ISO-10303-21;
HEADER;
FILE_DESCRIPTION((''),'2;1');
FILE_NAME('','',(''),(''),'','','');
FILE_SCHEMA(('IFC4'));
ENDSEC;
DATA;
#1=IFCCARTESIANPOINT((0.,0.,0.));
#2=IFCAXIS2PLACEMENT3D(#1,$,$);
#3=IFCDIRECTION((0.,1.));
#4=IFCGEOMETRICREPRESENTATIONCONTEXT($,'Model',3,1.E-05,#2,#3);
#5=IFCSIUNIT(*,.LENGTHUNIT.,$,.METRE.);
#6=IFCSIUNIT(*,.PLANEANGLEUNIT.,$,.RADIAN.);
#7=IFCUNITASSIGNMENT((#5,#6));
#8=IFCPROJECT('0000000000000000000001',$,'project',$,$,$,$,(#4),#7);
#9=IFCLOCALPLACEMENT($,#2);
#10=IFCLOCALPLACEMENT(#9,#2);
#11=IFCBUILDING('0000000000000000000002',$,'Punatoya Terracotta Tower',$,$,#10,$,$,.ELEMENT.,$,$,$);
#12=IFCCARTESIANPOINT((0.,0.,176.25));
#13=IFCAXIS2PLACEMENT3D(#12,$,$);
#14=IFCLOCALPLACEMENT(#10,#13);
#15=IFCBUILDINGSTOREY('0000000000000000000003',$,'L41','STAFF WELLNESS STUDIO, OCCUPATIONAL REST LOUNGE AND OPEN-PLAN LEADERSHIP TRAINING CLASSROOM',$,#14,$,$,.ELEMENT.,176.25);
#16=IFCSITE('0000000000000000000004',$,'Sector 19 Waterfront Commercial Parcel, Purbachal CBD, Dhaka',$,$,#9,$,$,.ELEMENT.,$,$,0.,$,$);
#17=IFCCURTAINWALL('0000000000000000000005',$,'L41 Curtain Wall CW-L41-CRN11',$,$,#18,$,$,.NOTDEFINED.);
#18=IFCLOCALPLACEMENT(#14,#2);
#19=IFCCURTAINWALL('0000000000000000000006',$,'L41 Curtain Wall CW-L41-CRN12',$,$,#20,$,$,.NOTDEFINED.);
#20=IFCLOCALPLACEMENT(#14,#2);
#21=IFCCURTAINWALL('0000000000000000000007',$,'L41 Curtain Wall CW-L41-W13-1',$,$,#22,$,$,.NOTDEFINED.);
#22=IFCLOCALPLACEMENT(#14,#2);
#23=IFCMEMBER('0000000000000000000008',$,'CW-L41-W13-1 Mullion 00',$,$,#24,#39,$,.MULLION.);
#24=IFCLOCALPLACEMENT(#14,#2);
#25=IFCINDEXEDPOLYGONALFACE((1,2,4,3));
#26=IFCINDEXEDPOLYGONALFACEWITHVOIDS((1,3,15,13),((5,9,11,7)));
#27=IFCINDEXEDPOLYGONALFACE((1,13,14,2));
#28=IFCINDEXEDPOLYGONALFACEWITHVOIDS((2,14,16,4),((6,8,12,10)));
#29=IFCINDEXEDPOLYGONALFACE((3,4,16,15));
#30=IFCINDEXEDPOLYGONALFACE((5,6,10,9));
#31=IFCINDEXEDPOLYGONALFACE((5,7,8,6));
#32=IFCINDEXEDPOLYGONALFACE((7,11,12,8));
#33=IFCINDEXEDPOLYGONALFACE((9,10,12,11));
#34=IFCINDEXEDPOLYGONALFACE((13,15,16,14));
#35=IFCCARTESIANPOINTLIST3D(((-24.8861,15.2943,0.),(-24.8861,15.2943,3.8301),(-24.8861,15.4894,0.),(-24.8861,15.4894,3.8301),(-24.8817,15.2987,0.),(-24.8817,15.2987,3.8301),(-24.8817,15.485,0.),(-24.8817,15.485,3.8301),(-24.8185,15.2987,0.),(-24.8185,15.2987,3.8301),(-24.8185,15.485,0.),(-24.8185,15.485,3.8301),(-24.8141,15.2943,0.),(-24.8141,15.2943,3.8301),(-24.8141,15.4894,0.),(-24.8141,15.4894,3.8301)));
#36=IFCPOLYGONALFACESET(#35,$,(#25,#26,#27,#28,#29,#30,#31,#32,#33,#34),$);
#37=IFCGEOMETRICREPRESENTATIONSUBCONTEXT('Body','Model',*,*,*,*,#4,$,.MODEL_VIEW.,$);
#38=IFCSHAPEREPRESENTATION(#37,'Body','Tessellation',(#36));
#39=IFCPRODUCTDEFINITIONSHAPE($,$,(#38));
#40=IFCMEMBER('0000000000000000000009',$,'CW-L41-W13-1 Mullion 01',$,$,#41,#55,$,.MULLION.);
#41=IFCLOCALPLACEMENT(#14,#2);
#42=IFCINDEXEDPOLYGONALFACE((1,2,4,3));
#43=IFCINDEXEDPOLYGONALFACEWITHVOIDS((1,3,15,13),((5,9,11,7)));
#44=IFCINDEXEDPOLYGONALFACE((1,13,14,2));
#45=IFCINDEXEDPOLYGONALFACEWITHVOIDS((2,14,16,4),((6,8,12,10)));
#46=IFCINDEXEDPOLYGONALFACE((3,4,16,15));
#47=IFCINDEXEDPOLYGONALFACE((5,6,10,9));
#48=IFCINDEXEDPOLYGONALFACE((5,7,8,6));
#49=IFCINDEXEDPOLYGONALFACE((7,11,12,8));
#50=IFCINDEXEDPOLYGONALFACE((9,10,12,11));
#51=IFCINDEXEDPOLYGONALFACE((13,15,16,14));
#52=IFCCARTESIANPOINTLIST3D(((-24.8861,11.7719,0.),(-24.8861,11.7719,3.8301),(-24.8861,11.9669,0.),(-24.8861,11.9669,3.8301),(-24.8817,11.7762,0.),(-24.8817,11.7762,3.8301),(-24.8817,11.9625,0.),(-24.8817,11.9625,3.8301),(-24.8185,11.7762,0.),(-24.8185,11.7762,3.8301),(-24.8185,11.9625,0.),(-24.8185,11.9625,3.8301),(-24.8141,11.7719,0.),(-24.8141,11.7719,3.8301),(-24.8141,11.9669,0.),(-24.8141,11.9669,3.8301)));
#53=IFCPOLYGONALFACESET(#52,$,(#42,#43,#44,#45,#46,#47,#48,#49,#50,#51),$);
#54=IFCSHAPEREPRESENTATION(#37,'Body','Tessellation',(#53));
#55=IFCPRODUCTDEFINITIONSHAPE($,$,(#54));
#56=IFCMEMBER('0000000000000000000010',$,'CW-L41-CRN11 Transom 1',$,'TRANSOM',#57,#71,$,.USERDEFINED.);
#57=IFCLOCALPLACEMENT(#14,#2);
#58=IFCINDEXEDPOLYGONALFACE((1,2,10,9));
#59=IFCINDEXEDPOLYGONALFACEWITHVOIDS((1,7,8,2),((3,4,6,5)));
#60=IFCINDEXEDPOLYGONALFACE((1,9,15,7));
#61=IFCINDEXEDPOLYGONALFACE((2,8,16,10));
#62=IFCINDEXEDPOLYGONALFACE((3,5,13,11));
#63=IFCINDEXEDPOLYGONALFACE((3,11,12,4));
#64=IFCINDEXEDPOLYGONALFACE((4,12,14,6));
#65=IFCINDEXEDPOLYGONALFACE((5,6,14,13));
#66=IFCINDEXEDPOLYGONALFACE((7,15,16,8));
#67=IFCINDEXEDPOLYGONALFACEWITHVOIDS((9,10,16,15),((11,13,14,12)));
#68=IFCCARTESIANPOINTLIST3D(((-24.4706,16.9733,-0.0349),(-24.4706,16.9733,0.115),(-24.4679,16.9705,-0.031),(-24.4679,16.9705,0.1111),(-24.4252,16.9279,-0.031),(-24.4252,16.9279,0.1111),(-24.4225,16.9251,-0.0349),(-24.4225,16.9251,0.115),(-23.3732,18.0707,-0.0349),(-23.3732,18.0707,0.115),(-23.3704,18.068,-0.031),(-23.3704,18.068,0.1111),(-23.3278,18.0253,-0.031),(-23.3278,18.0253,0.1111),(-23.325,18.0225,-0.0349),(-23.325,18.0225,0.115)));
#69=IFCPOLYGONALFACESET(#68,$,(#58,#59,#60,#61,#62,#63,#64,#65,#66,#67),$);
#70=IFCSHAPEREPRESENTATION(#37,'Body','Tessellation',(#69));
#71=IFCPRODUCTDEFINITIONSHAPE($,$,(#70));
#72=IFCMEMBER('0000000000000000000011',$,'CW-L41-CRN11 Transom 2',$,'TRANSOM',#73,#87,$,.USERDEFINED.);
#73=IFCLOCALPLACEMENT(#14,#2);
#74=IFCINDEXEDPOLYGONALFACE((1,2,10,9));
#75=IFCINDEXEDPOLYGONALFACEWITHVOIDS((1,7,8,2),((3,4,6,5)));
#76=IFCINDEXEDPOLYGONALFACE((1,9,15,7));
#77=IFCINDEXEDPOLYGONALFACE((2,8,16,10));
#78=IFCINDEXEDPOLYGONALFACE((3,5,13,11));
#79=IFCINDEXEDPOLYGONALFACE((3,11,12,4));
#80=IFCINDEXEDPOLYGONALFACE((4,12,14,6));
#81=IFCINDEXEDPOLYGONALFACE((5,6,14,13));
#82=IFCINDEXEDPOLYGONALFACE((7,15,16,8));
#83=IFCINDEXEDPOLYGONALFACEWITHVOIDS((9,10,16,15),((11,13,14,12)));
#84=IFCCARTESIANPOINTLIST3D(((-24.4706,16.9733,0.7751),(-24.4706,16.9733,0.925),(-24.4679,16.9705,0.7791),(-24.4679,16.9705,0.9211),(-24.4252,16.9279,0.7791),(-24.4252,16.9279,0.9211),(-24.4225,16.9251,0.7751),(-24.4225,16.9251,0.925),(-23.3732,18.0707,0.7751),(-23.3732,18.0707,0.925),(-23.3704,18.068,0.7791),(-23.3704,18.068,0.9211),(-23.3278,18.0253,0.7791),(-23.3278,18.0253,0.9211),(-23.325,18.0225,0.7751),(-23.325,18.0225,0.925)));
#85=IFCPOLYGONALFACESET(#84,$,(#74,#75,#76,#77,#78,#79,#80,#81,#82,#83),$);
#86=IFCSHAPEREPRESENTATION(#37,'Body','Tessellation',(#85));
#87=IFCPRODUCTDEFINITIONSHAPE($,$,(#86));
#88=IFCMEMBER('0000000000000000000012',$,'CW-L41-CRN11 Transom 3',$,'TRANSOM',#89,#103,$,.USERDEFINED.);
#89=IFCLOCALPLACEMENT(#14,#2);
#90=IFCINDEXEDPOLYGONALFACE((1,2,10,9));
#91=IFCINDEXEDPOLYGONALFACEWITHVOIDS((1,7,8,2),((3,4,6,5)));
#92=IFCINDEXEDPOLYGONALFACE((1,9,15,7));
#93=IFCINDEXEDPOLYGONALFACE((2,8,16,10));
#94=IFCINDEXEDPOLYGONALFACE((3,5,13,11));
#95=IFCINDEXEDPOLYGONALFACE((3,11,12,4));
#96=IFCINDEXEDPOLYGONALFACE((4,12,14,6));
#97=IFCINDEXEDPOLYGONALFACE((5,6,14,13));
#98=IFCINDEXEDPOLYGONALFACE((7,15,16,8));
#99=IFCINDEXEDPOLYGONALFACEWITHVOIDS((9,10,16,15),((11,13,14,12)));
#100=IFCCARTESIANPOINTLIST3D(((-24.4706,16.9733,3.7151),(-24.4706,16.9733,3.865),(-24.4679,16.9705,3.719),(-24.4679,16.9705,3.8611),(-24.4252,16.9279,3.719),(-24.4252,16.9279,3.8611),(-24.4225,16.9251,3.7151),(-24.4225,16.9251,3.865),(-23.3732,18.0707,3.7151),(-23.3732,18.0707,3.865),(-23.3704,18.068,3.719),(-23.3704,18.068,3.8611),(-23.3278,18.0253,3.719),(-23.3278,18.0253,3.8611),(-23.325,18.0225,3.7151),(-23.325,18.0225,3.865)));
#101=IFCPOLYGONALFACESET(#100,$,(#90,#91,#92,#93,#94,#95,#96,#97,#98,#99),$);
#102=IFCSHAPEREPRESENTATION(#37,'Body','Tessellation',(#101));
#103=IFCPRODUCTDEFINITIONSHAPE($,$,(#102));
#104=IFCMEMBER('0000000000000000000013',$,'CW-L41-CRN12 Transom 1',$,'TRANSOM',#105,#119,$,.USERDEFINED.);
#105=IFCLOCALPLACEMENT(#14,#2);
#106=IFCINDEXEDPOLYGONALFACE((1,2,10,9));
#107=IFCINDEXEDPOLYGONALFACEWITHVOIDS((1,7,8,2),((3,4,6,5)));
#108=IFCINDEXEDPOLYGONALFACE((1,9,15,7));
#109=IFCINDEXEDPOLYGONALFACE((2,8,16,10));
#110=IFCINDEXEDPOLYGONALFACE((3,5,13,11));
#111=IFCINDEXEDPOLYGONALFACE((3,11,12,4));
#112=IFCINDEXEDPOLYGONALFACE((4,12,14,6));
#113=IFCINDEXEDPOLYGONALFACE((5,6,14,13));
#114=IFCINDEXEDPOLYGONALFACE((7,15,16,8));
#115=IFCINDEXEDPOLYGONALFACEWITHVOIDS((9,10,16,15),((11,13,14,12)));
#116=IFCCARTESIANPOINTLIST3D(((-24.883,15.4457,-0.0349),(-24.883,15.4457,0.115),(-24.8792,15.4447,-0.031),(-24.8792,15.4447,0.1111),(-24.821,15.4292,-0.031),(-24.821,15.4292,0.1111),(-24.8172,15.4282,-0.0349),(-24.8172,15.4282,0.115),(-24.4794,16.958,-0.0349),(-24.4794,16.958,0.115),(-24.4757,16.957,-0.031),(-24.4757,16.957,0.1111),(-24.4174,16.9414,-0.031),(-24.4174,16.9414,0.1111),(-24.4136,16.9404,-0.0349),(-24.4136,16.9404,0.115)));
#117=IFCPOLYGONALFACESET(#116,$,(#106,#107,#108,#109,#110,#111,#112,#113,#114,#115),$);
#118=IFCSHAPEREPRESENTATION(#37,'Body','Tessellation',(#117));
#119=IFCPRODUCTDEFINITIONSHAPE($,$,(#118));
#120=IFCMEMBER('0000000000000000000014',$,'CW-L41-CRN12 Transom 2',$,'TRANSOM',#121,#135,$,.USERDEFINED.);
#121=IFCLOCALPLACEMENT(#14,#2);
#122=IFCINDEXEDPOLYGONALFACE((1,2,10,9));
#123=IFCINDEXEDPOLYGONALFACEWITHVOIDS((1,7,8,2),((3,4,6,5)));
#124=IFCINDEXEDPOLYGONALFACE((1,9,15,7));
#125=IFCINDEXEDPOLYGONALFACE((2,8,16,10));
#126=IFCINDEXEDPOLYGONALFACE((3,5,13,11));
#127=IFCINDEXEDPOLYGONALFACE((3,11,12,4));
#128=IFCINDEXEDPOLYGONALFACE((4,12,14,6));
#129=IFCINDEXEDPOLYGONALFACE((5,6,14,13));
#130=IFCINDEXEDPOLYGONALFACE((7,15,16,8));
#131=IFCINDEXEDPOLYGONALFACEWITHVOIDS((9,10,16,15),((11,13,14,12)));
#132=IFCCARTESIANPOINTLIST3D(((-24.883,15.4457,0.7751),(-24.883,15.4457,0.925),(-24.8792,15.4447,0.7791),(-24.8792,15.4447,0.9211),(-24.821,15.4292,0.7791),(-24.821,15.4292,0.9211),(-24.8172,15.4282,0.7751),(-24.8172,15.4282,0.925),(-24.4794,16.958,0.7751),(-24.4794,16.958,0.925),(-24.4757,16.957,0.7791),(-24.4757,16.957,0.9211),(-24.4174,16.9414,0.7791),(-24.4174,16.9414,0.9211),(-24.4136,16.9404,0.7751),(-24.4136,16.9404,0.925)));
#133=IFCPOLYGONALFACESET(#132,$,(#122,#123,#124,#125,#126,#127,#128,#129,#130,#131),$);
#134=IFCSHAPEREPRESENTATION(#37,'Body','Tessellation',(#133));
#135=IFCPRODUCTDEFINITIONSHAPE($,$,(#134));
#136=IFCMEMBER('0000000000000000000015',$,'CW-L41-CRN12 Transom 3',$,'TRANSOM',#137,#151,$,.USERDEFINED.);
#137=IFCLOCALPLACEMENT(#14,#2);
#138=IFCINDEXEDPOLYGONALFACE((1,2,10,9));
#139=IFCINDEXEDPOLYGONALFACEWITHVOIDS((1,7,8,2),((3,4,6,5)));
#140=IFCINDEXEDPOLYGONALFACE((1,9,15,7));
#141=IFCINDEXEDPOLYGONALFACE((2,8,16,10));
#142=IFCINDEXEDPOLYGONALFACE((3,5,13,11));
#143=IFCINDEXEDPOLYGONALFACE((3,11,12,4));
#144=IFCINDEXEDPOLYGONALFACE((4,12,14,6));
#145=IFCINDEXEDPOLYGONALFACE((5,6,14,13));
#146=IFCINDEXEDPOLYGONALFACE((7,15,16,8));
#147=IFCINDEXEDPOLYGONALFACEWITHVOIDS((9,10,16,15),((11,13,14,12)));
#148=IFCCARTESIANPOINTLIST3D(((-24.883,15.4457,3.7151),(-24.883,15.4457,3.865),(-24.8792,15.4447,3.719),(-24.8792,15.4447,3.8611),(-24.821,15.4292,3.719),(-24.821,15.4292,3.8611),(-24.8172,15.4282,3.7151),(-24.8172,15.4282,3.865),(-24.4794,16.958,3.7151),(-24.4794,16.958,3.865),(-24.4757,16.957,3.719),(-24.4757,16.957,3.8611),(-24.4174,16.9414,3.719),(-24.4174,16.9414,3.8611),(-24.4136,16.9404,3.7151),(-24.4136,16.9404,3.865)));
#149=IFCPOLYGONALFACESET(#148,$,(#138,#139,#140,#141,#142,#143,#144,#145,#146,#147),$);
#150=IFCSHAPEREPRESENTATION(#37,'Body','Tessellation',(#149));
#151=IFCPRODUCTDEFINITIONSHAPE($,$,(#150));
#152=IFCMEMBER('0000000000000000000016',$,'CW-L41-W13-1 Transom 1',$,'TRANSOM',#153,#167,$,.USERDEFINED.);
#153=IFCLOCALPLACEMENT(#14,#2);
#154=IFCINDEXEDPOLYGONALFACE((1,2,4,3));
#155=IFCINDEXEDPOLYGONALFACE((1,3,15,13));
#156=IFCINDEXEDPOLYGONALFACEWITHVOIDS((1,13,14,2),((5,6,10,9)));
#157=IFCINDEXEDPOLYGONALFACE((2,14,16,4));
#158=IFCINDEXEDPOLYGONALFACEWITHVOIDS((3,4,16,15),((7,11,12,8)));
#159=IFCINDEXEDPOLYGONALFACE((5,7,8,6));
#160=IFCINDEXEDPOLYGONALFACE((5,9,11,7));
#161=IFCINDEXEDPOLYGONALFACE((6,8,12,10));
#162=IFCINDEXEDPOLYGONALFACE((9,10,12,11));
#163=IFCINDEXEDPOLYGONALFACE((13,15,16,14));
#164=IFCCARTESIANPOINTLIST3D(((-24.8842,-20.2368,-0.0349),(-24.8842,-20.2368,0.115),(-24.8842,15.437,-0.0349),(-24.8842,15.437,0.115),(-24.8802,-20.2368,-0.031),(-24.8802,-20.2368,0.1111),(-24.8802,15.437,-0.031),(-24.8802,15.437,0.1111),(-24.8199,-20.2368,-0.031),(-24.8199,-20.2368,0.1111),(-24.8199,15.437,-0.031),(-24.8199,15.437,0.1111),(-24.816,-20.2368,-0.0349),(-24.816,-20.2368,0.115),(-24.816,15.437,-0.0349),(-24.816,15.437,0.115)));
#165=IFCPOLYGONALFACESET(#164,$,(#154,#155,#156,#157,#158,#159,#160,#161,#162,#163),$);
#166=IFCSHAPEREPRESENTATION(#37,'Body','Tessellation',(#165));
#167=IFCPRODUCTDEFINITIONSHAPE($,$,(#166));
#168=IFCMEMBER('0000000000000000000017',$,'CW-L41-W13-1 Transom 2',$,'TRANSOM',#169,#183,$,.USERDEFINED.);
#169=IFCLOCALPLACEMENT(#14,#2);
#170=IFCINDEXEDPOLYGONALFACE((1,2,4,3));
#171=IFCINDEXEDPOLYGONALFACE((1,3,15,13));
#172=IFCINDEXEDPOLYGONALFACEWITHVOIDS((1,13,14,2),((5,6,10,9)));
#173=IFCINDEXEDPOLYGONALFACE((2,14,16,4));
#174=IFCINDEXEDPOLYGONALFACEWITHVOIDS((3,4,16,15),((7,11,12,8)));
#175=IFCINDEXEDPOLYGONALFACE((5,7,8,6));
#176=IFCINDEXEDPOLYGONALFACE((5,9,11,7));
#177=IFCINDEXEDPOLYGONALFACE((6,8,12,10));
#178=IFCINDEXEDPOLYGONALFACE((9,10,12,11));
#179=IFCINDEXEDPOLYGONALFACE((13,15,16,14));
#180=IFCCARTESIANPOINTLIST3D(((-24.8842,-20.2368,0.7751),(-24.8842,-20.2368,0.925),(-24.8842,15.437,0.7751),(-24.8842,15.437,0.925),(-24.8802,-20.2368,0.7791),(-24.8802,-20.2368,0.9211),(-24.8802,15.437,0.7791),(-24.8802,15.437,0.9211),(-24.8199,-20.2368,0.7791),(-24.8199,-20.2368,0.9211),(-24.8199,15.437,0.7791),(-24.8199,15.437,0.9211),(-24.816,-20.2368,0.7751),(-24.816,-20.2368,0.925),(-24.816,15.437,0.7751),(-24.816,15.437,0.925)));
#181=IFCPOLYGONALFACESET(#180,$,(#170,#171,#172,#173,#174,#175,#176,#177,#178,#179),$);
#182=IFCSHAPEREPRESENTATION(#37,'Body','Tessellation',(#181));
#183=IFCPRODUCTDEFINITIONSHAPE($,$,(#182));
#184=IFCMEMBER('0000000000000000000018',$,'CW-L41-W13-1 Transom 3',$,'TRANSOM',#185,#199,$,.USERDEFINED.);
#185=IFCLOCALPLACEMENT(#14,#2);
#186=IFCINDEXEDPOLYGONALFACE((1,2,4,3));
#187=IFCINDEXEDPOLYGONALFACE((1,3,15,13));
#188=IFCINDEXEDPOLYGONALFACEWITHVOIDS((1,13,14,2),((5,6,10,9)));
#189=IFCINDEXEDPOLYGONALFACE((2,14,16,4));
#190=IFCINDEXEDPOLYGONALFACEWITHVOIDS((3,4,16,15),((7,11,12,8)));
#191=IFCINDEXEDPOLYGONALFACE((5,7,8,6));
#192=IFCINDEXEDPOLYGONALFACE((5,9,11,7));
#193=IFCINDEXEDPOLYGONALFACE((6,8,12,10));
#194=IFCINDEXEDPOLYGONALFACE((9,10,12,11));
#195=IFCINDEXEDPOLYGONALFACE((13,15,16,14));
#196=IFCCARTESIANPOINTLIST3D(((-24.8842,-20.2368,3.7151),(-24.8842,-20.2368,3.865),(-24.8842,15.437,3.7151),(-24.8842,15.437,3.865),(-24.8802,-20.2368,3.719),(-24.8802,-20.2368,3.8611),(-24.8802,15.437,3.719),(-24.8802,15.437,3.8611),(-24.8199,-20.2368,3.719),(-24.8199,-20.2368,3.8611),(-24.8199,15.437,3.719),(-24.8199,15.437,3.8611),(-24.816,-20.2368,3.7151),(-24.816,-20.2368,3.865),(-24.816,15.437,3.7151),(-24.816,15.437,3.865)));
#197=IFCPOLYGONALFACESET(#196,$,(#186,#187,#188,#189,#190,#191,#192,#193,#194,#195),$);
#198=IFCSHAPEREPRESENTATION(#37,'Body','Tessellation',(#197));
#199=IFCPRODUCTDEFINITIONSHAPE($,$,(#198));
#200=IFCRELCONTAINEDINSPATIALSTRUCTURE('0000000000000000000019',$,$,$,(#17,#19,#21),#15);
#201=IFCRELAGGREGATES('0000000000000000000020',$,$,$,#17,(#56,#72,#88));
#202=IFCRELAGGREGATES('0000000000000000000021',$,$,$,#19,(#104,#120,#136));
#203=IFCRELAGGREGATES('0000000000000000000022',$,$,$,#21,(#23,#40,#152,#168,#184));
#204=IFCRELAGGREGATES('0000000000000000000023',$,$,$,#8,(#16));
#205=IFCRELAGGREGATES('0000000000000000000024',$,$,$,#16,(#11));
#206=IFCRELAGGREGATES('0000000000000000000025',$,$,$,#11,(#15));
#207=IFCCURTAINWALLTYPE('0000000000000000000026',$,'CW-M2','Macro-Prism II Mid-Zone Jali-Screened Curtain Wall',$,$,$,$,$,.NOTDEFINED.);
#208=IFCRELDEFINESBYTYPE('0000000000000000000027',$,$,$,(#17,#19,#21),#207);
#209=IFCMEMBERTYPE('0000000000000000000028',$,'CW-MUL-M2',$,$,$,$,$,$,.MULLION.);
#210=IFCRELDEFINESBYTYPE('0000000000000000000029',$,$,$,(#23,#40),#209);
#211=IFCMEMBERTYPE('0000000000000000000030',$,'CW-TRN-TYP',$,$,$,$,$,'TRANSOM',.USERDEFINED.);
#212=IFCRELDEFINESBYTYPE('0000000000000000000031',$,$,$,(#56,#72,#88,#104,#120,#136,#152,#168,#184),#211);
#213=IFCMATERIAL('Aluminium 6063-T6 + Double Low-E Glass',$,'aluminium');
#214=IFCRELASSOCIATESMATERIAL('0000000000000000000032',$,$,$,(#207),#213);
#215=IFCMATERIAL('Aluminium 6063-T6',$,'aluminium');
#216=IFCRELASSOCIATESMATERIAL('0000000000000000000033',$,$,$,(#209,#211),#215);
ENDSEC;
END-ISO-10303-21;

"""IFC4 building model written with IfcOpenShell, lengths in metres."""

from ifc_helpers import new_model, si_unit, direction, frame, origin, origin_2d, place, context, subcontext, project, spatial, hollow_rectangle, extrude, material, material_profile, profile_set, type_object, element, aggregate, save


model = new_model("IFC4")

# Units and contexts
model_context = context("Model", 3, precision=1e-05, world=origin(), true_north=direction((0.0, 1.0)))
body_context = subcontext(model_context, "Body", "Model", "MODEL_VIEW")
ifc_project = project(units=[si_unit("LENGTHUNIT", "METRE"), si_unit("PLANEANGLEUNIT", "RADIAN")], contexts=[model_context])

# Site, building, storey
site_placement = place(None, origin())
site = spatial("IfcSite", under=ifc_project, at=site_placement, Name="Sector 19 Waterfront Commercial Parcel, Purbachal CBD, Dhaka", CompositionType="ELEMENT", RefElevation=0.0)
building_placement = place(site_placement, origin())
building = spatial("IfcBuilding", under=site, at=building_placement, Name="Punatoya Terracotta Tower", CompositionType="ELEMENT")
storey_placement = place(building_placement, frame((0.0, 0.0, 176.25)))
storey = spatial("IfcBuildingStorey", under=building, at=storey_placement, Name="L41", Description="STAFF WELLNESS STUDIO, OCCUPATIONAL REST LOUNGE AND OPEN-PLAN LEADERSHIP TRAINING CLASSROOM", CompositionType="ELEMENT", Elevation=176.25)

# Shared definitions
ifc_material_1 = material(Name="Aluminium 6063-T6 + Double Low-E Glass", Category="aluminium")
curtain_wall_type = type_object("IfcCurtainWallType", Name="CW-M2", Description="Macro-Prism II Mid-Zone Jali-Screened Curtain Wall", PredefinedType="NOTDEFINED", material=ifc_material_1)
ifc_material_2 = material(Name="Aluminium 6063-T6", Category="aluminium")
ifc_material_profile_1 = material_profile(ifc_material_2, hollow_rectangle(XDim=0.072, YDim=0.1951, WallThickness=0.0044, at=origin_2d()))
ifc_profile_set_1 = profile_set([ifc_material_profile_1], Name="Aluminium 6063-T6")
member_type_1 = type_object("IfcMemberType", Name="CW-MUL-M2", PredefinedType="MULLION", material=ifc_profile_set_1)

# Curtain walls, members
curtain_wall_1_placement = place(storey_placement, origin())
curtain_wall_1 = element("IfcCurtainWall", 1, at=curtain_wall_1_placement, inside=storey, type_object=curtain_wall_type, Name="L41 Curtain Wall CW-L41-CRN11", PredefinedType="NOTDEFINED")
curtain_wall_2_placement = place(storey_placement, origin())
curtain_wall_2 = element("IfcCurtainWall", 2, at=curtain_wall_2_placement, inside=storey, type_object=curtain_wall_type, Name="L41 Curtain Wall CW-L41-CRN12", PredefinedType="NOTDEFINED")
curtain_wall_3_placement = place(storey_placement, origin())
curtain_wall_3 = element("IfcCurtainWall", 3, at=curtain_wall_3_placement, inside=storey, type_object=curtain_wall_type, Name="L41 Curtain Wall CW-L41-W13-1", PredefinedType="NOTDEFINED")
member_1_placement = place(storey_placement, frame((-24.8501, 15.3918, 0.0), z_axis=(0.0, 0.0, 1.0), x_axis=(1.0, 0.0, 0.0)))
member_1 = element("IfcMember", 4, at=member_1_placement, type_object=member_type_1, Name="CW-L41-W13-1 Mullion 00", PredefinedType="MULLION", context=body_context, shape_type="SweptSolid", body=[
    extrude(hollow_rectangle(XDim=0.072, YDim=0.1951, WallThickness=0.0044, at=origin_2d()), origin(), (0.0, 0.0, 1.0), 3.8301),
])
member_2_placement = place(storey_placement, frame((-24.8501, 11.8694, 0.0), z_axis=(0.0, 0.0, 1.0), x_axis=(1.0, 0.0, 0.0)))
member_2 = element("IfcMember", 5, at=member_2_placement, type_object=member_type_1, Name="CW-L41-W13-1 Mullion 01", PredefinedType="MULLION", context=body_context, shape_type="SweptSolid", body=[
    extrude(hollow_rectangle(XDim=0.072, YDim=0.1951, WallThickness=0.0044, at=origin_2d()), origin(), (0.0, 0.0, 1.0), 3.8301),
])

# Members
ifc_material_profile_2 = material_profile(ifc_material_2, hollow_rectangle(XDim=0.0681, YDim=0.1499, WallThickness=0.0039, at=origin_2d()))
ifc_profile_set_2 = profile_set([ifc_material_profile_2], Name="Aluminium 6063-T6")
member_type_2 = type_object("IfcMemberType", Name="CW-TRN-TYP", ElementType="TRANSOM", PredefinedType="USERDEFINED", material=ifc_profile_set_2)
member_3_placement = place(storey_placement, frame((-23.3491, 18.0466, 0.04), z_axis=(-0.707107, -0.707107, 0.0), x_axis=(0.707107, -0.707107, 0.0)))
member_3 = element("IfcMember", 6, at=member_3_placement, type_object=member_type_2, Name="CW-L41-CRN11 Transom 1", ObjectType="TRANSOM", PredefinedType="USERDEFINED", context=body_context, shape_type="SweptSolid", body=[
    extrude(hollow_rectangle(XDim=0.0681, YDim=0.1499, WallThickness=0.0039, at=origin_2d()), origin(), (0.0, 0.0, 1.0), 1.552),
])
member_4_placement = place(storey_placement, frame((-23.3491, 18.0466, 0.8501), z_axis=(-0.707107, -0.707107, 0.0), x_axis=(0.707107, -0.707107, 0.0)))
member_4 = element("IfcMember", 7, at=member_4_placement, type_object=member_type_2, Name="CW-L41-CRN11 Transom 2", ObjectType="TRANSOM", PredefinedType="USERDEFINED", context=body_context, shape_type="SweptSolid", body=[
    extrude(hollow_rectangle(XDim=0.0681, YDim=0.1499, WallThickness=0.0039, at=origin_2d()), origin(), (0.0, 0.0, 1.0), 1.552),
])
member_5_placement = place(storey_placement, frame((-23.3491, 18.0466, 3.79), z_axis=(-0.707107, -0.707107, 0.0), x_axis=(0.707107, -0.707107, 0.0)))
member_5 = element("IfcMember", 8, at=member_5_placement, type_object=member_type_2, Name="CW-L41-CRN11 Transom 3", ObjectType="TRANSOM", PredefinedType="USERDEFINED", context=body_context, shape_type="SweptSolid", body=[
    extrude(hollow_rectangle(XDim=0.0681, YDim=0.1499, WallThickness=0.0039, at=origin_2d()), origin(), (0.0, 0.0, 1.0), 1.552),
])
member_6_placement = place(storey_placement, frame((-24.4465, 16.9492, 0.04), z_axis=(-0.257847, -0.966186, 0.0), x_axis=(0.966186, -0.257847, 0.0)))
member_6 = element("IfcMember", 9, at=member_6_placement, type_object=member_type_2, Name="CW-L41-CRN12 Transom 1", ObjectType="TRANSOM", PredefinedType="USERDEFINED", context=body_context, shape_type="SweptSolid", body=[
    extrude(hollow_rectangle(XDim=0.0681, YDim=0.1499, WallThickness=0.0039, at=origin_2d()), origin(), (0.0, 0.0, 1.0), 1.5652),
])
member_7_placement = place(storey_placement, frame((-24.4465, 16.9492, 0.8501), z_axis=(-0.257847, -0.966186, 0.0), x_axis=(0.966186, -0.257847, 0.0)))
member_7 = element("IfcMember", 10, at=member_7_placement, type_object=member_type_2, Name="CW-L41-CRN12 Transom 2", ObjectType="TRANSOM", PredefinedType="USERDEFINED", context=body_context, shape_type="SweptSolid", body=[
    extrude(hollow_rectangle(XDim=0.0681, YDim=0.1499, WallThickness=0.0039, at=origin_2d()), origin(), (0.0, 0.0, 1.0), 1.5652),
])
member_8_placement = place(storey_placement, frame((-24.4465, 16.9492, 3.79), z_axis=(-0.257847, -0.966186, 0.0), x_axis=(0.966186, -0.257847, 0.0)))
member_8 = element("IfcMember", 11, at=member_8_placement, type_object=member_type_2, Name="CW-L41-CRN12 Transom 3", ObjectType="TRANSOM", PredefinedType="USERDEFINED", context=body_context, shape_type="SweptSolid", body=[
    extrude(hollow_rectangle(XDim=0.0681, YDim=0.1499, WallThickness=0.0039, at=origin_2d()), origin(), (0.0, 0.0, 1.0), 1.5652),
])
member_9_placement = place(storey_placement, frame((-24.8501, 15.437, 0.04), z_axis=(0.0, -1.0, 0.0), x_axis=(1.0, 0.0, 0.0)))
member_9 = element("IfcMember", 12, at=member_9_placement, type_object=member_type_2, Name="CW-L41-W13-1 Transom 1", ObjectType="TRANSOM", PredefinedType="USERDEFINED", context=body_context, shape_type="SweptSolid", body=[
    extrude(hollow_rectangle(XDim=0.0681, YDim=0.1499, WallThickness=0.0039, at=origin_2d()), origin(), (0.0, 0.0, 1.0), 35.6738),
])
member_10_placement = place(storey_placement, frame((-24.8501, 15.437, 0.8501), z_axis=(0.0, -1.0, 0.0), x_axis=(1.0, 0.0, 0.0)))
member_10 = element("IfcMember", 13, at=member_10_placement, type_object=member_type_2, Name="CW-L41-W13-1 Transom 2", ObjectType="TRANSOM", PredefinedType="USERDEFINED", context=body_context, shape_type="SweptSolid", body=[
    extrude(hollow_rectangle(XDim=0.0681, YDim=0.1499, WallThickness=0.0039, at=origin_2d()), origin(), (0.0, 0.0, 1.0), 35.6738),
])
member_11_placement = place(storey_placement, frame((-24.8501, 15.437, 3.79), z_axis=(0.0, -1.0, 0.0), x_axis=(1.0, 0.0, 0.0)))
member_11 = element("IfcMember", 14, at=member_11_placement, type_object=member_type_2, Name="CW-L41-W13-1 Transom 3", ObjectType="TRANSOM", PredefinedType="USERDEFINED", context=body_context, shape_type="SweptSolid", body=[
    extrude(hollow_rectangle(XDim=0.0681, YDim=0.1499, WallThickness=0.0039, at=origin_2d()), origin(), (0.0, 0.0, 1.0), 35.6738),
])

aggregate(curtain_wall_1, [member_3, member_4, member_5])
aggregate(curtain_wall_2, [member_6, member_7, member_8])
aggregate(curtain_wall_3, [member_1, member_2, member_9, member_10, member_11])

save(model, "model.ifc")
